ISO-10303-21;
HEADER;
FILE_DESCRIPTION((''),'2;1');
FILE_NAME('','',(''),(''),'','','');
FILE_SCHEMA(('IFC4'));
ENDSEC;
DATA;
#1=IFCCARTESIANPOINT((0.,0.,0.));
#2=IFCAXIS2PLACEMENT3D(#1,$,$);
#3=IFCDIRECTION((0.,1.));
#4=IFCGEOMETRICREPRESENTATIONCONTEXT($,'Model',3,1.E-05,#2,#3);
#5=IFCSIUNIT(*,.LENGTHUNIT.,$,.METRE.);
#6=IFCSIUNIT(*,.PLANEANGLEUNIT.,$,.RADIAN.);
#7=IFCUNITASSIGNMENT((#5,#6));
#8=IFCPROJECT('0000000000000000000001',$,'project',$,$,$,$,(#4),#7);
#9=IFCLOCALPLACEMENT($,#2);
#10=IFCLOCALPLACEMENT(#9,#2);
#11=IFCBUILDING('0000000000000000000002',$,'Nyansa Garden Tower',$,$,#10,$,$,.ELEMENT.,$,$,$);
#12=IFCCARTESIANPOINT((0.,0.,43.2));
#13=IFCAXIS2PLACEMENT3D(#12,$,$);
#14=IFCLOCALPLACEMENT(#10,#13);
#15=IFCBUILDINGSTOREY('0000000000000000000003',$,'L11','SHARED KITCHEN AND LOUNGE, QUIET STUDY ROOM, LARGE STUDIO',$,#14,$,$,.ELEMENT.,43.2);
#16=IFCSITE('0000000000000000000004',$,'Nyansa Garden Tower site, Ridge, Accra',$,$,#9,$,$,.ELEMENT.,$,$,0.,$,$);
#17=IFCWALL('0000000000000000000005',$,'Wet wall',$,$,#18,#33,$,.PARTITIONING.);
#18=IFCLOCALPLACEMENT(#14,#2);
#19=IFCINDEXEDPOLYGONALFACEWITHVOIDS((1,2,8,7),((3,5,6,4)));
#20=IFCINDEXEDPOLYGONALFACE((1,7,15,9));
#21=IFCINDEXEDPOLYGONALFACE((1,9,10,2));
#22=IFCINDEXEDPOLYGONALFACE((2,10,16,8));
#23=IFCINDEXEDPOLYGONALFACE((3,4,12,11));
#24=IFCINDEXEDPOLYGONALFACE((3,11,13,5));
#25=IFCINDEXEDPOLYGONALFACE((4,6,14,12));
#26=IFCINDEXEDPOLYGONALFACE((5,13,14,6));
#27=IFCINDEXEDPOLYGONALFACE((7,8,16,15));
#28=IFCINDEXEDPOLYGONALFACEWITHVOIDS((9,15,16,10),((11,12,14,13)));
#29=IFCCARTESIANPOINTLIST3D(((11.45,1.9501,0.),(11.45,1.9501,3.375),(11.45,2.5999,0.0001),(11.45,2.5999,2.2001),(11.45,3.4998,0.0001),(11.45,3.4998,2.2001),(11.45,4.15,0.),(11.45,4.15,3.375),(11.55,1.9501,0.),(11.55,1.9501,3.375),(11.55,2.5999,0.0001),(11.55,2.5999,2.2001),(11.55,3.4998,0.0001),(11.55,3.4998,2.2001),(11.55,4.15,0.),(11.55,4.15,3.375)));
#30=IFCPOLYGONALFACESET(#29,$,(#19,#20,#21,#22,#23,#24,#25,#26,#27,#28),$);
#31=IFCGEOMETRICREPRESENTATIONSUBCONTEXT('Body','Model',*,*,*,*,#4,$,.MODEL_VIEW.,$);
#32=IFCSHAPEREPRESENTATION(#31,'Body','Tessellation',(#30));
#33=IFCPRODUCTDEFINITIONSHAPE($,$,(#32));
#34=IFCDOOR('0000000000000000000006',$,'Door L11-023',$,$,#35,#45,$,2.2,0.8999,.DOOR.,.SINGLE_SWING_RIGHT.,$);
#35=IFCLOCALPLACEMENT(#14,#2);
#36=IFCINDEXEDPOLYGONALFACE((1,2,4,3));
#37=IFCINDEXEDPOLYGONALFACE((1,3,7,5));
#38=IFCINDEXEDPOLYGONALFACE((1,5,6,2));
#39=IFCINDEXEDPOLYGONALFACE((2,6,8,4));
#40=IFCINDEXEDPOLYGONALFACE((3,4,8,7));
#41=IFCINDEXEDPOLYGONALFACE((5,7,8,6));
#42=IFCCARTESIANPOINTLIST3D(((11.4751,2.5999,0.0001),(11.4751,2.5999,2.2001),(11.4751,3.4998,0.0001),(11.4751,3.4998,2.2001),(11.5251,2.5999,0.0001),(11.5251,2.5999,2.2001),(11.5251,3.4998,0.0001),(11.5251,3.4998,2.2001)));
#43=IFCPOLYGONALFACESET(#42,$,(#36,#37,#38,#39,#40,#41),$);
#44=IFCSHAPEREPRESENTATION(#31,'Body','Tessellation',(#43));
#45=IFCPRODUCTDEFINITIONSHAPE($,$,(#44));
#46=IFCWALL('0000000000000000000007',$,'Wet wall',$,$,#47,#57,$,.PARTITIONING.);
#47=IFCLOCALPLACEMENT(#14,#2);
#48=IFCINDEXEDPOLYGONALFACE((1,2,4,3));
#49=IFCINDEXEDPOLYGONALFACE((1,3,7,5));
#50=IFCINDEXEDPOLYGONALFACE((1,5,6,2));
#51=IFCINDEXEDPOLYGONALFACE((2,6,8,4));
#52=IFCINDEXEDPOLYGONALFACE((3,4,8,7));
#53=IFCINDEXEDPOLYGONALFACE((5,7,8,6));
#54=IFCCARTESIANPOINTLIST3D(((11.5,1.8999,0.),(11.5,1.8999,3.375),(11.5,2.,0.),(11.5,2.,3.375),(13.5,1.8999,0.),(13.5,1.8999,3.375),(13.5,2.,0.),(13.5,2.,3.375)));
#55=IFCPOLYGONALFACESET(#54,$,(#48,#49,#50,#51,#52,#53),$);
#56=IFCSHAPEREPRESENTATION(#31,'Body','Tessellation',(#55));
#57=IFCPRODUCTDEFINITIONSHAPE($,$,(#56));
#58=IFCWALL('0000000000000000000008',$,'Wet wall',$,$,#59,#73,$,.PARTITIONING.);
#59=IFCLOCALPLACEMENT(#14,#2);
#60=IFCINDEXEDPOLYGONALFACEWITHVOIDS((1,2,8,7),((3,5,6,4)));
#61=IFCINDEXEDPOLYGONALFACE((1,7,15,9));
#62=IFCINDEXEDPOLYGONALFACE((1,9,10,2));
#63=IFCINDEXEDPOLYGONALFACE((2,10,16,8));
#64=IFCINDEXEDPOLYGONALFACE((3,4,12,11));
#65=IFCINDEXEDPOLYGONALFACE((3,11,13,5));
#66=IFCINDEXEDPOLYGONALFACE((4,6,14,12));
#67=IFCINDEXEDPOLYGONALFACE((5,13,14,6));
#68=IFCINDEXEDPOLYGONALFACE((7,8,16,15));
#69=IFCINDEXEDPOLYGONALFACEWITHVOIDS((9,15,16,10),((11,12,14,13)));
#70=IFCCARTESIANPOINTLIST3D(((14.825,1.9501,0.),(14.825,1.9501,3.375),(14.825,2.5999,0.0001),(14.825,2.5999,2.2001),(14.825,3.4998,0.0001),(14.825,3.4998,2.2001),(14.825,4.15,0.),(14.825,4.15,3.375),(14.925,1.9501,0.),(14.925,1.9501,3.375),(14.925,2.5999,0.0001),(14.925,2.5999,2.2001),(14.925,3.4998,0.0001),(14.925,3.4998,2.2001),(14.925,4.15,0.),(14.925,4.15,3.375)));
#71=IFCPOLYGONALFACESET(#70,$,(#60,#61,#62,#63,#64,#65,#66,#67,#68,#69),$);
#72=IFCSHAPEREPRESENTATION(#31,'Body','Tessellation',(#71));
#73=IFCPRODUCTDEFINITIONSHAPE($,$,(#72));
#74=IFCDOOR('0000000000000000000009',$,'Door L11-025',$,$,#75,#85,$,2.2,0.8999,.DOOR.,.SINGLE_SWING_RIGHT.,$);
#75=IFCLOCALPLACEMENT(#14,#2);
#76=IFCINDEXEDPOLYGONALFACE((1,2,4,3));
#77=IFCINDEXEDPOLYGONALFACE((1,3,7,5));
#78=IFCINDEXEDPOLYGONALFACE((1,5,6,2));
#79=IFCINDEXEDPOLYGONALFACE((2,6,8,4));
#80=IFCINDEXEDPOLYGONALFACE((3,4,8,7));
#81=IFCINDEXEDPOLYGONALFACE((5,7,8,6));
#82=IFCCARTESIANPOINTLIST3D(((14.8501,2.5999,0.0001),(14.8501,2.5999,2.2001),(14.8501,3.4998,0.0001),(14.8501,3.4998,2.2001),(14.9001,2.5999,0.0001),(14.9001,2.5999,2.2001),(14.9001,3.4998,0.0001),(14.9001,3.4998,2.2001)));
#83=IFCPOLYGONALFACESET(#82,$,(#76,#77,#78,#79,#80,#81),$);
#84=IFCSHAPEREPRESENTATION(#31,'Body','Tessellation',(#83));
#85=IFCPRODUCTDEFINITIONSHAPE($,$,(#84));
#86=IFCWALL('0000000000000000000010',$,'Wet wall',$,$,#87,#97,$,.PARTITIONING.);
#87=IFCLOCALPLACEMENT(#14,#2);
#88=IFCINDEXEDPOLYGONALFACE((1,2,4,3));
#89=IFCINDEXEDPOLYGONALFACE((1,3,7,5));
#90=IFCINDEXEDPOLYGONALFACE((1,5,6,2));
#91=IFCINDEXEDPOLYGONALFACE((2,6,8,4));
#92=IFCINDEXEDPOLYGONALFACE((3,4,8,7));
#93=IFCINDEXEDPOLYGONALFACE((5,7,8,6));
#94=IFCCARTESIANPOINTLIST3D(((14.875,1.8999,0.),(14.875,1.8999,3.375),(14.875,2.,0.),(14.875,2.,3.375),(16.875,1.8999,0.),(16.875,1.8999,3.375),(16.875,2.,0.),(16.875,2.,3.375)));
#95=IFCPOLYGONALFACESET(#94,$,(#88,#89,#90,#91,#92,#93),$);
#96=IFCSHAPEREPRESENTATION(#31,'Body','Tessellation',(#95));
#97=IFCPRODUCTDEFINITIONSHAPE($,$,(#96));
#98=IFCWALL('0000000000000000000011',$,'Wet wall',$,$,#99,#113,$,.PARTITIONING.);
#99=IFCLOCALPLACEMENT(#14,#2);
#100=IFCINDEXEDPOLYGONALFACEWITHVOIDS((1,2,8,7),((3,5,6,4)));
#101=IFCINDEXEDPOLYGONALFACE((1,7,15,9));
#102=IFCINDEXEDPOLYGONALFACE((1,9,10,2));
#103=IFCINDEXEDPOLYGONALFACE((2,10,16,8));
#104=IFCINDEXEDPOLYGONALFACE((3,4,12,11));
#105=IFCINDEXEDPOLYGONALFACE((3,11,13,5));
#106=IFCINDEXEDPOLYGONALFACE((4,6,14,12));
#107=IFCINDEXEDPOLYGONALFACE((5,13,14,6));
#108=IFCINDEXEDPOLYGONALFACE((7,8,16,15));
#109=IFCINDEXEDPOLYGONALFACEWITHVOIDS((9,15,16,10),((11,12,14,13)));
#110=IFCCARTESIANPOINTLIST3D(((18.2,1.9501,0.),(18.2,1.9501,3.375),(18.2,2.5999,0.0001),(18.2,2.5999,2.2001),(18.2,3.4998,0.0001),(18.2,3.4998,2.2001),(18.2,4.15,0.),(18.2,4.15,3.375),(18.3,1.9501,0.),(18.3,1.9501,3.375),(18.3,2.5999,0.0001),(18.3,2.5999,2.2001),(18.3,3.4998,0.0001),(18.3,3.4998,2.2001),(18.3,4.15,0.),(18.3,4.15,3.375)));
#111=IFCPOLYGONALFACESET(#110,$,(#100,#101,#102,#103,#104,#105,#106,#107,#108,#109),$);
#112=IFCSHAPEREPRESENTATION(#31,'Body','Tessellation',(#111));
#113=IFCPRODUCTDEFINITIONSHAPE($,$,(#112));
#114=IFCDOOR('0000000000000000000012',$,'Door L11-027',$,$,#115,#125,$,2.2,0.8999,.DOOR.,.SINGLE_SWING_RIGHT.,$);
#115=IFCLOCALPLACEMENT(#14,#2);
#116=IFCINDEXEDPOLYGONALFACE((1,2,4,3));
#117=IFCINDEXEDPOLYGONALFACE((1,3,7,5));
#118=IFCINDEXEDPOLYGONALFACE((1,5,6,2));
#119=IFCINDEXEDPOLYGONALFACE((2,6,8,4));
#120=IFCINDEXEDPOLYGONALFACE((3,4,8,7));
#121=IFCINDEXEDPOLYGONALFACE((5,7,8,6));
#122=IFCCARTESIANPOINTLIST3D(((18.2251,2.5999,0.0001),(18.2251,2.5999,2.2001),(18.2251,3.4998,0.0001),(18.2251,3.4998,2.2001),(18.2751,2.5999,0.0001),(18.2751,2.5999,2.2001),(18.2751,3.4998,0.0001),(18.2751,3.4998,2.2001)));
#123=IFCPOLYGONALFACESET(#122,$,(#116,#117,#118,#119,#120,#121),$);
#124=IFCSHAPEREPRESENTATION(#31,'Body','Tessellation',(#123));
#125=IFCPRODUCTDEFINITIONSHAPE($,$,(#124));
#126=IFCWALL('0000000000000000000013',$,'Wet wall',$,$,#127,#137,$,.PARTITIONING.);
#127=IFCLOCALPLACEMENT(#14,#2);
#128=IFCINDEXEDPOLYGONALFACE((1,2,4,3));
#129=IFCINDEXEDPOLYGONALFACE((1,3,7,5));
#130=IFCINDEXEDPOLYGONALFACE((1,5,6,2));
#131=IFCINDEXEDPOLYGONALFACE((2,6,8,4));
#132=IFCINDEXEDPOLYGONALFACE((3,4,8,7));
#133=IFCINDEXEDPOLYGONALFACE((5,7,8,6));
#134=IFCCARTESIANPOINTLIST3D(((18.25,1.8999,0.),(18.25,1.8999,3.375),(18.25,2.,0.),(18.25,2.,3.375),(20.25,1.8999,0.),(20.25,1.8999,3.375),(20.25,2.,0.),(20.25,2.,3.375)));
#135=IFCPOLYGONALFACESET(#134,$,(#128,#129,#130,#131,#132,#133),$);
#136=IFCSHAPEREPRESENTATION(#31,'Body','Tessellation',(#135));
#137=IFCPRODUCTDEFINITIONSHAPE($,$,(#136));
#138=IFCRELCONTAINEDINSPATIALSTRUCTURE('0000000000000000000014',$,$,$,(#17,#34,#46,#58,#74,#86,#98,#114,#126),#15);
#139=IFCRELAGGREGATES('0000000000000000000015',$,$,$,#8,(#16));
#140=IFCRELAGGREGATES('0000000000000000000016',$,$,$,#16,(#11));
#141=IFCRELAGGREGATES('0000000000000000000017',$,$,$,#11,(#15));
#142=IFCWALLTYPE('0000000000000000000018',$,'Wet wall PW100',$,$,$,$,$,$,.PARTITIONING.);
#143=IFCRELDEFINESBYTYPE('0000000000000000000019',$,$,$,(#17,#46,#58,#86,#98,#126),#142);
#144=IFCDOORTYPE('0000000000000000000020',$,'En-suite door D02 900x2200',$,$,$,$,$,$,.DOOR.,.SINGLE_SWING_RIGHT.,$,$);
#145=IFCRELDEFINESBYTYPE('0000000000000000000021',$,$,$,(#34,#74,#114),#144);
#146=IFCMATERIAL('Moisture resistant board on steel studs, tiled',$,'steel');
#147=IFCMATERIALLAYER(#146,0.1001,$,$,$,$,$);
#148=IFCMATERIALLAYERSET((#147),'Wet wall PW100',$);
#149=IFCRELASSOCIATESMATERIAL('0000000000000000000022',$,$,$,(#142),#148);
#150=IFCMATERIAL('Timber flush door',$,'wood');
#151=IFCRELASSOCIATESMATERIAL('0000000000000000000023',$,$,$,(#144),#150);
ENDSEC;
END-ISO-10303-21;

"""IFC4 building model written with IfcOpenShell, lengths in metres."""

from ifc_helpers import new_model, si_unit, direction, frame, frame_2d, origin, place, context, subcontext, project, spatial, rectangle, extrude, material, layer, layer_set, type_object, element, fill, save


model = new_model("IFC4")

# Units and contexts
model_context = context("Model", 3, precision=1e-05, world=origin(), true_north=direction((0.0, 1.0)))
body_context = subcontext(model_context, "Body", "Model", "MODEL_VIEW")
ifc_project = project(units=[si_unit("LENGTHUNIT", "METRE"), si_unit("PLANEANGLEUNIT", "RADIAN")], contexts=[model_context])

# Site, building, storey
site_placement = place(None, origin())
site = spatial("IfcSite", under=ifc_project, at=site_placement, Name="Nyansa Garden Tower site, Ridge, Accra", CompositionType="ELEMENT", RefElevation=0.0)
building_placement = place(site_placement, origin())
building = spatial("IfcBuilding", under=site, at=building_placement, Name="Nyansa Garden Tower", CompositionType="ELEMENT")
storey_placement = place(building_placement, frame((0.0, 0.0, 43.2)))
storey = spatial("IfcBuildingStorey", under=building, at=storey_placement, Name="L11", Description="SHARED KITCHEN AND LOUNGE, QUIET STUDY ROOM, LARGE STUDIO", CompositionType="ELEMENT", Elevation=43.2)

# Shared definitions
ifc_material_1 = material(Name="Moisture resistant board on steel studs, tiled", Category="steel")
ifc_layer_1 = layer(ifc_material_1, 0.1001)
ifc_layer_set_1 = layer_set([ifc_layer_1], Name="Wet wall PW100")
wall_type_1 = type_object("IfcWallType", Name="Wet wall PW100", PredefinedType="PARTITIONING", material=ifc_layer_set_1)

# Wall, opening, door
wall_1_placement = place(storey_placement, frame((11.5, 1.95, 0.0), z_axis=(0.0, 0.0, 1.0), x_axis=(0.0, 1.0, 0.0)))
wall_1 = element("IfcWall", 1, at=wall_1_placement, inside=storey, type_object=wall_type_1, Name="Wet wall", PredefinedType="PARTITIONING", context=body_context, shape_type="SweptSolid", body=[
    extrude(rectangle(XDim=2.2, YDim=0.1001, at=frame_2d((1.1001, 0.0))), origin(), (0.0, 0.0, 1.0), 3.375),
])
opening_1_placement = place(wall_1_placement, frame((0.6499, 0.0, 0.0)))
opening_1 = element("IfcOpeningElement", 2, at=opening_1_placement, cuts=wall_1, PredefinedType="OPENING", context=body_context, shape_type="SweptSolid", body=[
    extrude(rectangle(XDim=0.8999, YDim=2.2, at=frame_2d((0.45, 1.1001))), frame((0.0, 0.0601, 0.0), z_axis=(0.0, -1.0, 0.0), x_axis=(1.0, 0.0, 0.0)), (0.0, 0.0, 1.0), 0.1201),
])
ifc_material_2 = material(Name="Timber flush door", Category="wood")
door_type = type_object("IfcDoorType", Name="En-suite door D02 900x2200", OperationType="SINGLE_SWING_RIGHT", PredefinedType="DOOR", material=ifc_material_2)
door_1_placement = place(opening_1_placement, origin())
door_1 = element("IfcDoor", 3, at=door_1_placement, inside=storey, type_object=door_type, Name="Door L11-023", OperationType="SINGLE_SWING_RIGHT", OverallHeight=2.2, OverallWidth=0.8999, PredefinedType="DOOR", context=body_context, shape_type="SweptSolid", body=[
    extrude(rectangle(XDim=0.8999, YDim=2.2, at=frame_2d((0.45, 1.1001))), frame((0.0, 0.0249, 0.0), z_axis=(0.0, -1.0, 0.0), x_axis=(1.0, 0.0, 0.0)), (0.0, 0.0, 1.0), 0.05),
])
fill(opening_1, door_1)

# Wall
wall_2_placement = place(storey_placement, frame((11.5, 1.95, 0.0), z_axis=(0.0, 0.0, 1.0), x_axis=(1.0, 0.0, 0.0)))
element("IfcWall", 4, at=wall_2_placement, inside=storey, type_object=wall_type_1, Name="Wet wall", PredefinedType="PARTITIONING", context=body_context, shape_type="SweptSolid", body=[
    extrude(rectangle(XDim=2.0, YDim=0.1001, at=frame_2d((1.0, 0.0))), origin(), (0.0, 0.0, 1.0), 3.375),
])

# Wall, opening, door
wall_3_placement = place(storey_placement, frame((14.875, 1.95, 0.0), z_axis=(0.0, 0.0, 1.0), x_axis=(0.0, 1.0, 0.0)))
wall_3 = element("IfcWall", 5, at=wall_3_placement, inside=storey, type_object=wall_type_1, Name="Wet wall", PredefinedType="PARTITIONING", context=body_context, shape_type="SweptSolid", body=[
    extrude(rectangle(XDim=2.2, YDim=0.1001, at=frame_2d((1.1001, 0.0))), origin(), (0.0, 0.0, 1.0), 3.375),
])
opening_2_placement = place(wall_3_placement, frame((0.6499, 0.0, 0.0)))
opening_2 = element("IfcOpeningElement", 6, at=opening_2_placement, cuts=wall_3, PredefinedType="OPENING", context=body_context, shape_type="SweptSolid", body=[
    extrude(rectangle(XDim=0.8999, YDim=2.2, at=frame_2d((0.45, 1.1001))), frame((0.0, 0.0601, 0.0), z_axis=(0.0, -1.0, 0.0), x_axis=(1.0, 0.0, 0.0)), (0.0, 0.0, 1.0), 0.1201),
])
door_2_placement = place(opening_2_placement, origin())
door_2 = element("IfcDoor", 7, at=door_2_placement, inside=storey, type_object=door_type, Name="Door L11-025", OperationType="SINGLE_SWING_RIGHT", OverallHeight=2.2, OverallWidth=0.8999, PredefinedType="DOOR", context=body_context, shape_type="SweptSolid", body=[
    extrude(rectangle(XDim=0.8999, YDim=2.2, at=frame_2d((0.45, 1.1001))), frame((0.0, 0.0249, 0.0), z_axis=(0.0, -1.0, 0.0), x_axis=(1.0, 0.0, 0.0)), (0.0, 0.0, 1.0), 0.05),
])
fill(opening_2, door_2)

# Wall
wall_4_placement = place(storey_placement, frame((14.875, 1.95, 0.0), z_axis=(0.0, 0.0, 1.0), x_axis=(1.0, 0.0, 0.0)))
element("IfcWall", 8, at=wall_4_placement, inside=storey, type_object=wall_type_1, Name="Wet wall", PredefinedType="PARTITIONING", context=body_context, shape_type="SweptSolid", body=[
    extrude(rectangle(XDim=2.0, YDim=0.1001, at=frame_2d((1.0, 0.0))), origin(), (0.0, 0.0, 1.0), 3.375),
])

# Wall, opening, door
wall_5_placement = place(storey_placement, frame((18.25, 1.95, 0.0), z_axis=(0.0, 0.0, 1.0), x_axis=(0.0, 1.0, 0.0)))
wall_5 = element("IfcWall", 9, at=wall_5_placement, inside=storey, type_object=wall_type_1, Name="Wet wall", PredefinedType="PARTITIONING", context=body_context, shape_type="SweptSolid", body=[
    extrude(rectangle(XDim=2.2, YDim=0.1001, at=frame_2d((1.1001, 0.0))), origin(), (0.0, 0.0, 1.0), 3.375),
])
opening_3_placement = place(wall_5_placement, frame((0.6499, 0.0, 0.0)))
opening_3 = element("IfcOpeningElement", 10, at=opening_3_placement, cuts=wall_5, PredefinedType="OPENING", context=body_context, shape_type="SweptSolid", body=[
    extrude(rectangle(XDim=0.8999, YDim=2.2, at=frame_2d((0.45, 1.1001))), frame((0.0, 0.0601, 0.0), z_axis=(0.0, -1.0, 0.0), x_axis=(1.0, 0.0, 0.0)), (0.0, 0.0, 1.0), 0.1201),
])
door_3_placement = place(opening_3_placement, origin())
door_3 = element("IfcDoor", 11, at=door_3_placement, inside=storey, type_object=door_type, Name="Door L11-027", OperationType="SINGLE_SWING_RIGHT", OverallHeight=2.2, OverallWidth=0.8999, PredefinedType="DOOR", context=body_context, shape_type="SweptSolid", body=[
    extrude(rectangle(XDim=0.8999, YDim=2.2, at=frame_2d((0.45, 1.1001))), frame((0.0, 0.0249, 0.0), z_axis=(0.0, -1.0, 0.0), x_axis=(1.0, 0.0, 0.0)), (0.0, 0.0, 1.0), 0.05),
])
fill(opening_3, door_3)

# Wall
wall_6_placement = place(storey_placement, frame((18.25, 1.95, 0.0), z_axis=(0.0, 0.0, 1.0), x_axis=(1.0, 0.0, 0.0)))
element("IfcWall", 12, at=wall_6_placement, inside=storey, type_object=wall_type_1, Name="Wet wall", PredefinedType="PARTITIONING", context=body_context, shape_type="SweptSolid", body=[
    extrude(rectangle(XDim=2.0, YDim=0.1001, at=frame_2d((1.0, 0.0))), origin(), (0.0, 0.0, 1.0), 3.375),
])

save(model, "model.ifc")
